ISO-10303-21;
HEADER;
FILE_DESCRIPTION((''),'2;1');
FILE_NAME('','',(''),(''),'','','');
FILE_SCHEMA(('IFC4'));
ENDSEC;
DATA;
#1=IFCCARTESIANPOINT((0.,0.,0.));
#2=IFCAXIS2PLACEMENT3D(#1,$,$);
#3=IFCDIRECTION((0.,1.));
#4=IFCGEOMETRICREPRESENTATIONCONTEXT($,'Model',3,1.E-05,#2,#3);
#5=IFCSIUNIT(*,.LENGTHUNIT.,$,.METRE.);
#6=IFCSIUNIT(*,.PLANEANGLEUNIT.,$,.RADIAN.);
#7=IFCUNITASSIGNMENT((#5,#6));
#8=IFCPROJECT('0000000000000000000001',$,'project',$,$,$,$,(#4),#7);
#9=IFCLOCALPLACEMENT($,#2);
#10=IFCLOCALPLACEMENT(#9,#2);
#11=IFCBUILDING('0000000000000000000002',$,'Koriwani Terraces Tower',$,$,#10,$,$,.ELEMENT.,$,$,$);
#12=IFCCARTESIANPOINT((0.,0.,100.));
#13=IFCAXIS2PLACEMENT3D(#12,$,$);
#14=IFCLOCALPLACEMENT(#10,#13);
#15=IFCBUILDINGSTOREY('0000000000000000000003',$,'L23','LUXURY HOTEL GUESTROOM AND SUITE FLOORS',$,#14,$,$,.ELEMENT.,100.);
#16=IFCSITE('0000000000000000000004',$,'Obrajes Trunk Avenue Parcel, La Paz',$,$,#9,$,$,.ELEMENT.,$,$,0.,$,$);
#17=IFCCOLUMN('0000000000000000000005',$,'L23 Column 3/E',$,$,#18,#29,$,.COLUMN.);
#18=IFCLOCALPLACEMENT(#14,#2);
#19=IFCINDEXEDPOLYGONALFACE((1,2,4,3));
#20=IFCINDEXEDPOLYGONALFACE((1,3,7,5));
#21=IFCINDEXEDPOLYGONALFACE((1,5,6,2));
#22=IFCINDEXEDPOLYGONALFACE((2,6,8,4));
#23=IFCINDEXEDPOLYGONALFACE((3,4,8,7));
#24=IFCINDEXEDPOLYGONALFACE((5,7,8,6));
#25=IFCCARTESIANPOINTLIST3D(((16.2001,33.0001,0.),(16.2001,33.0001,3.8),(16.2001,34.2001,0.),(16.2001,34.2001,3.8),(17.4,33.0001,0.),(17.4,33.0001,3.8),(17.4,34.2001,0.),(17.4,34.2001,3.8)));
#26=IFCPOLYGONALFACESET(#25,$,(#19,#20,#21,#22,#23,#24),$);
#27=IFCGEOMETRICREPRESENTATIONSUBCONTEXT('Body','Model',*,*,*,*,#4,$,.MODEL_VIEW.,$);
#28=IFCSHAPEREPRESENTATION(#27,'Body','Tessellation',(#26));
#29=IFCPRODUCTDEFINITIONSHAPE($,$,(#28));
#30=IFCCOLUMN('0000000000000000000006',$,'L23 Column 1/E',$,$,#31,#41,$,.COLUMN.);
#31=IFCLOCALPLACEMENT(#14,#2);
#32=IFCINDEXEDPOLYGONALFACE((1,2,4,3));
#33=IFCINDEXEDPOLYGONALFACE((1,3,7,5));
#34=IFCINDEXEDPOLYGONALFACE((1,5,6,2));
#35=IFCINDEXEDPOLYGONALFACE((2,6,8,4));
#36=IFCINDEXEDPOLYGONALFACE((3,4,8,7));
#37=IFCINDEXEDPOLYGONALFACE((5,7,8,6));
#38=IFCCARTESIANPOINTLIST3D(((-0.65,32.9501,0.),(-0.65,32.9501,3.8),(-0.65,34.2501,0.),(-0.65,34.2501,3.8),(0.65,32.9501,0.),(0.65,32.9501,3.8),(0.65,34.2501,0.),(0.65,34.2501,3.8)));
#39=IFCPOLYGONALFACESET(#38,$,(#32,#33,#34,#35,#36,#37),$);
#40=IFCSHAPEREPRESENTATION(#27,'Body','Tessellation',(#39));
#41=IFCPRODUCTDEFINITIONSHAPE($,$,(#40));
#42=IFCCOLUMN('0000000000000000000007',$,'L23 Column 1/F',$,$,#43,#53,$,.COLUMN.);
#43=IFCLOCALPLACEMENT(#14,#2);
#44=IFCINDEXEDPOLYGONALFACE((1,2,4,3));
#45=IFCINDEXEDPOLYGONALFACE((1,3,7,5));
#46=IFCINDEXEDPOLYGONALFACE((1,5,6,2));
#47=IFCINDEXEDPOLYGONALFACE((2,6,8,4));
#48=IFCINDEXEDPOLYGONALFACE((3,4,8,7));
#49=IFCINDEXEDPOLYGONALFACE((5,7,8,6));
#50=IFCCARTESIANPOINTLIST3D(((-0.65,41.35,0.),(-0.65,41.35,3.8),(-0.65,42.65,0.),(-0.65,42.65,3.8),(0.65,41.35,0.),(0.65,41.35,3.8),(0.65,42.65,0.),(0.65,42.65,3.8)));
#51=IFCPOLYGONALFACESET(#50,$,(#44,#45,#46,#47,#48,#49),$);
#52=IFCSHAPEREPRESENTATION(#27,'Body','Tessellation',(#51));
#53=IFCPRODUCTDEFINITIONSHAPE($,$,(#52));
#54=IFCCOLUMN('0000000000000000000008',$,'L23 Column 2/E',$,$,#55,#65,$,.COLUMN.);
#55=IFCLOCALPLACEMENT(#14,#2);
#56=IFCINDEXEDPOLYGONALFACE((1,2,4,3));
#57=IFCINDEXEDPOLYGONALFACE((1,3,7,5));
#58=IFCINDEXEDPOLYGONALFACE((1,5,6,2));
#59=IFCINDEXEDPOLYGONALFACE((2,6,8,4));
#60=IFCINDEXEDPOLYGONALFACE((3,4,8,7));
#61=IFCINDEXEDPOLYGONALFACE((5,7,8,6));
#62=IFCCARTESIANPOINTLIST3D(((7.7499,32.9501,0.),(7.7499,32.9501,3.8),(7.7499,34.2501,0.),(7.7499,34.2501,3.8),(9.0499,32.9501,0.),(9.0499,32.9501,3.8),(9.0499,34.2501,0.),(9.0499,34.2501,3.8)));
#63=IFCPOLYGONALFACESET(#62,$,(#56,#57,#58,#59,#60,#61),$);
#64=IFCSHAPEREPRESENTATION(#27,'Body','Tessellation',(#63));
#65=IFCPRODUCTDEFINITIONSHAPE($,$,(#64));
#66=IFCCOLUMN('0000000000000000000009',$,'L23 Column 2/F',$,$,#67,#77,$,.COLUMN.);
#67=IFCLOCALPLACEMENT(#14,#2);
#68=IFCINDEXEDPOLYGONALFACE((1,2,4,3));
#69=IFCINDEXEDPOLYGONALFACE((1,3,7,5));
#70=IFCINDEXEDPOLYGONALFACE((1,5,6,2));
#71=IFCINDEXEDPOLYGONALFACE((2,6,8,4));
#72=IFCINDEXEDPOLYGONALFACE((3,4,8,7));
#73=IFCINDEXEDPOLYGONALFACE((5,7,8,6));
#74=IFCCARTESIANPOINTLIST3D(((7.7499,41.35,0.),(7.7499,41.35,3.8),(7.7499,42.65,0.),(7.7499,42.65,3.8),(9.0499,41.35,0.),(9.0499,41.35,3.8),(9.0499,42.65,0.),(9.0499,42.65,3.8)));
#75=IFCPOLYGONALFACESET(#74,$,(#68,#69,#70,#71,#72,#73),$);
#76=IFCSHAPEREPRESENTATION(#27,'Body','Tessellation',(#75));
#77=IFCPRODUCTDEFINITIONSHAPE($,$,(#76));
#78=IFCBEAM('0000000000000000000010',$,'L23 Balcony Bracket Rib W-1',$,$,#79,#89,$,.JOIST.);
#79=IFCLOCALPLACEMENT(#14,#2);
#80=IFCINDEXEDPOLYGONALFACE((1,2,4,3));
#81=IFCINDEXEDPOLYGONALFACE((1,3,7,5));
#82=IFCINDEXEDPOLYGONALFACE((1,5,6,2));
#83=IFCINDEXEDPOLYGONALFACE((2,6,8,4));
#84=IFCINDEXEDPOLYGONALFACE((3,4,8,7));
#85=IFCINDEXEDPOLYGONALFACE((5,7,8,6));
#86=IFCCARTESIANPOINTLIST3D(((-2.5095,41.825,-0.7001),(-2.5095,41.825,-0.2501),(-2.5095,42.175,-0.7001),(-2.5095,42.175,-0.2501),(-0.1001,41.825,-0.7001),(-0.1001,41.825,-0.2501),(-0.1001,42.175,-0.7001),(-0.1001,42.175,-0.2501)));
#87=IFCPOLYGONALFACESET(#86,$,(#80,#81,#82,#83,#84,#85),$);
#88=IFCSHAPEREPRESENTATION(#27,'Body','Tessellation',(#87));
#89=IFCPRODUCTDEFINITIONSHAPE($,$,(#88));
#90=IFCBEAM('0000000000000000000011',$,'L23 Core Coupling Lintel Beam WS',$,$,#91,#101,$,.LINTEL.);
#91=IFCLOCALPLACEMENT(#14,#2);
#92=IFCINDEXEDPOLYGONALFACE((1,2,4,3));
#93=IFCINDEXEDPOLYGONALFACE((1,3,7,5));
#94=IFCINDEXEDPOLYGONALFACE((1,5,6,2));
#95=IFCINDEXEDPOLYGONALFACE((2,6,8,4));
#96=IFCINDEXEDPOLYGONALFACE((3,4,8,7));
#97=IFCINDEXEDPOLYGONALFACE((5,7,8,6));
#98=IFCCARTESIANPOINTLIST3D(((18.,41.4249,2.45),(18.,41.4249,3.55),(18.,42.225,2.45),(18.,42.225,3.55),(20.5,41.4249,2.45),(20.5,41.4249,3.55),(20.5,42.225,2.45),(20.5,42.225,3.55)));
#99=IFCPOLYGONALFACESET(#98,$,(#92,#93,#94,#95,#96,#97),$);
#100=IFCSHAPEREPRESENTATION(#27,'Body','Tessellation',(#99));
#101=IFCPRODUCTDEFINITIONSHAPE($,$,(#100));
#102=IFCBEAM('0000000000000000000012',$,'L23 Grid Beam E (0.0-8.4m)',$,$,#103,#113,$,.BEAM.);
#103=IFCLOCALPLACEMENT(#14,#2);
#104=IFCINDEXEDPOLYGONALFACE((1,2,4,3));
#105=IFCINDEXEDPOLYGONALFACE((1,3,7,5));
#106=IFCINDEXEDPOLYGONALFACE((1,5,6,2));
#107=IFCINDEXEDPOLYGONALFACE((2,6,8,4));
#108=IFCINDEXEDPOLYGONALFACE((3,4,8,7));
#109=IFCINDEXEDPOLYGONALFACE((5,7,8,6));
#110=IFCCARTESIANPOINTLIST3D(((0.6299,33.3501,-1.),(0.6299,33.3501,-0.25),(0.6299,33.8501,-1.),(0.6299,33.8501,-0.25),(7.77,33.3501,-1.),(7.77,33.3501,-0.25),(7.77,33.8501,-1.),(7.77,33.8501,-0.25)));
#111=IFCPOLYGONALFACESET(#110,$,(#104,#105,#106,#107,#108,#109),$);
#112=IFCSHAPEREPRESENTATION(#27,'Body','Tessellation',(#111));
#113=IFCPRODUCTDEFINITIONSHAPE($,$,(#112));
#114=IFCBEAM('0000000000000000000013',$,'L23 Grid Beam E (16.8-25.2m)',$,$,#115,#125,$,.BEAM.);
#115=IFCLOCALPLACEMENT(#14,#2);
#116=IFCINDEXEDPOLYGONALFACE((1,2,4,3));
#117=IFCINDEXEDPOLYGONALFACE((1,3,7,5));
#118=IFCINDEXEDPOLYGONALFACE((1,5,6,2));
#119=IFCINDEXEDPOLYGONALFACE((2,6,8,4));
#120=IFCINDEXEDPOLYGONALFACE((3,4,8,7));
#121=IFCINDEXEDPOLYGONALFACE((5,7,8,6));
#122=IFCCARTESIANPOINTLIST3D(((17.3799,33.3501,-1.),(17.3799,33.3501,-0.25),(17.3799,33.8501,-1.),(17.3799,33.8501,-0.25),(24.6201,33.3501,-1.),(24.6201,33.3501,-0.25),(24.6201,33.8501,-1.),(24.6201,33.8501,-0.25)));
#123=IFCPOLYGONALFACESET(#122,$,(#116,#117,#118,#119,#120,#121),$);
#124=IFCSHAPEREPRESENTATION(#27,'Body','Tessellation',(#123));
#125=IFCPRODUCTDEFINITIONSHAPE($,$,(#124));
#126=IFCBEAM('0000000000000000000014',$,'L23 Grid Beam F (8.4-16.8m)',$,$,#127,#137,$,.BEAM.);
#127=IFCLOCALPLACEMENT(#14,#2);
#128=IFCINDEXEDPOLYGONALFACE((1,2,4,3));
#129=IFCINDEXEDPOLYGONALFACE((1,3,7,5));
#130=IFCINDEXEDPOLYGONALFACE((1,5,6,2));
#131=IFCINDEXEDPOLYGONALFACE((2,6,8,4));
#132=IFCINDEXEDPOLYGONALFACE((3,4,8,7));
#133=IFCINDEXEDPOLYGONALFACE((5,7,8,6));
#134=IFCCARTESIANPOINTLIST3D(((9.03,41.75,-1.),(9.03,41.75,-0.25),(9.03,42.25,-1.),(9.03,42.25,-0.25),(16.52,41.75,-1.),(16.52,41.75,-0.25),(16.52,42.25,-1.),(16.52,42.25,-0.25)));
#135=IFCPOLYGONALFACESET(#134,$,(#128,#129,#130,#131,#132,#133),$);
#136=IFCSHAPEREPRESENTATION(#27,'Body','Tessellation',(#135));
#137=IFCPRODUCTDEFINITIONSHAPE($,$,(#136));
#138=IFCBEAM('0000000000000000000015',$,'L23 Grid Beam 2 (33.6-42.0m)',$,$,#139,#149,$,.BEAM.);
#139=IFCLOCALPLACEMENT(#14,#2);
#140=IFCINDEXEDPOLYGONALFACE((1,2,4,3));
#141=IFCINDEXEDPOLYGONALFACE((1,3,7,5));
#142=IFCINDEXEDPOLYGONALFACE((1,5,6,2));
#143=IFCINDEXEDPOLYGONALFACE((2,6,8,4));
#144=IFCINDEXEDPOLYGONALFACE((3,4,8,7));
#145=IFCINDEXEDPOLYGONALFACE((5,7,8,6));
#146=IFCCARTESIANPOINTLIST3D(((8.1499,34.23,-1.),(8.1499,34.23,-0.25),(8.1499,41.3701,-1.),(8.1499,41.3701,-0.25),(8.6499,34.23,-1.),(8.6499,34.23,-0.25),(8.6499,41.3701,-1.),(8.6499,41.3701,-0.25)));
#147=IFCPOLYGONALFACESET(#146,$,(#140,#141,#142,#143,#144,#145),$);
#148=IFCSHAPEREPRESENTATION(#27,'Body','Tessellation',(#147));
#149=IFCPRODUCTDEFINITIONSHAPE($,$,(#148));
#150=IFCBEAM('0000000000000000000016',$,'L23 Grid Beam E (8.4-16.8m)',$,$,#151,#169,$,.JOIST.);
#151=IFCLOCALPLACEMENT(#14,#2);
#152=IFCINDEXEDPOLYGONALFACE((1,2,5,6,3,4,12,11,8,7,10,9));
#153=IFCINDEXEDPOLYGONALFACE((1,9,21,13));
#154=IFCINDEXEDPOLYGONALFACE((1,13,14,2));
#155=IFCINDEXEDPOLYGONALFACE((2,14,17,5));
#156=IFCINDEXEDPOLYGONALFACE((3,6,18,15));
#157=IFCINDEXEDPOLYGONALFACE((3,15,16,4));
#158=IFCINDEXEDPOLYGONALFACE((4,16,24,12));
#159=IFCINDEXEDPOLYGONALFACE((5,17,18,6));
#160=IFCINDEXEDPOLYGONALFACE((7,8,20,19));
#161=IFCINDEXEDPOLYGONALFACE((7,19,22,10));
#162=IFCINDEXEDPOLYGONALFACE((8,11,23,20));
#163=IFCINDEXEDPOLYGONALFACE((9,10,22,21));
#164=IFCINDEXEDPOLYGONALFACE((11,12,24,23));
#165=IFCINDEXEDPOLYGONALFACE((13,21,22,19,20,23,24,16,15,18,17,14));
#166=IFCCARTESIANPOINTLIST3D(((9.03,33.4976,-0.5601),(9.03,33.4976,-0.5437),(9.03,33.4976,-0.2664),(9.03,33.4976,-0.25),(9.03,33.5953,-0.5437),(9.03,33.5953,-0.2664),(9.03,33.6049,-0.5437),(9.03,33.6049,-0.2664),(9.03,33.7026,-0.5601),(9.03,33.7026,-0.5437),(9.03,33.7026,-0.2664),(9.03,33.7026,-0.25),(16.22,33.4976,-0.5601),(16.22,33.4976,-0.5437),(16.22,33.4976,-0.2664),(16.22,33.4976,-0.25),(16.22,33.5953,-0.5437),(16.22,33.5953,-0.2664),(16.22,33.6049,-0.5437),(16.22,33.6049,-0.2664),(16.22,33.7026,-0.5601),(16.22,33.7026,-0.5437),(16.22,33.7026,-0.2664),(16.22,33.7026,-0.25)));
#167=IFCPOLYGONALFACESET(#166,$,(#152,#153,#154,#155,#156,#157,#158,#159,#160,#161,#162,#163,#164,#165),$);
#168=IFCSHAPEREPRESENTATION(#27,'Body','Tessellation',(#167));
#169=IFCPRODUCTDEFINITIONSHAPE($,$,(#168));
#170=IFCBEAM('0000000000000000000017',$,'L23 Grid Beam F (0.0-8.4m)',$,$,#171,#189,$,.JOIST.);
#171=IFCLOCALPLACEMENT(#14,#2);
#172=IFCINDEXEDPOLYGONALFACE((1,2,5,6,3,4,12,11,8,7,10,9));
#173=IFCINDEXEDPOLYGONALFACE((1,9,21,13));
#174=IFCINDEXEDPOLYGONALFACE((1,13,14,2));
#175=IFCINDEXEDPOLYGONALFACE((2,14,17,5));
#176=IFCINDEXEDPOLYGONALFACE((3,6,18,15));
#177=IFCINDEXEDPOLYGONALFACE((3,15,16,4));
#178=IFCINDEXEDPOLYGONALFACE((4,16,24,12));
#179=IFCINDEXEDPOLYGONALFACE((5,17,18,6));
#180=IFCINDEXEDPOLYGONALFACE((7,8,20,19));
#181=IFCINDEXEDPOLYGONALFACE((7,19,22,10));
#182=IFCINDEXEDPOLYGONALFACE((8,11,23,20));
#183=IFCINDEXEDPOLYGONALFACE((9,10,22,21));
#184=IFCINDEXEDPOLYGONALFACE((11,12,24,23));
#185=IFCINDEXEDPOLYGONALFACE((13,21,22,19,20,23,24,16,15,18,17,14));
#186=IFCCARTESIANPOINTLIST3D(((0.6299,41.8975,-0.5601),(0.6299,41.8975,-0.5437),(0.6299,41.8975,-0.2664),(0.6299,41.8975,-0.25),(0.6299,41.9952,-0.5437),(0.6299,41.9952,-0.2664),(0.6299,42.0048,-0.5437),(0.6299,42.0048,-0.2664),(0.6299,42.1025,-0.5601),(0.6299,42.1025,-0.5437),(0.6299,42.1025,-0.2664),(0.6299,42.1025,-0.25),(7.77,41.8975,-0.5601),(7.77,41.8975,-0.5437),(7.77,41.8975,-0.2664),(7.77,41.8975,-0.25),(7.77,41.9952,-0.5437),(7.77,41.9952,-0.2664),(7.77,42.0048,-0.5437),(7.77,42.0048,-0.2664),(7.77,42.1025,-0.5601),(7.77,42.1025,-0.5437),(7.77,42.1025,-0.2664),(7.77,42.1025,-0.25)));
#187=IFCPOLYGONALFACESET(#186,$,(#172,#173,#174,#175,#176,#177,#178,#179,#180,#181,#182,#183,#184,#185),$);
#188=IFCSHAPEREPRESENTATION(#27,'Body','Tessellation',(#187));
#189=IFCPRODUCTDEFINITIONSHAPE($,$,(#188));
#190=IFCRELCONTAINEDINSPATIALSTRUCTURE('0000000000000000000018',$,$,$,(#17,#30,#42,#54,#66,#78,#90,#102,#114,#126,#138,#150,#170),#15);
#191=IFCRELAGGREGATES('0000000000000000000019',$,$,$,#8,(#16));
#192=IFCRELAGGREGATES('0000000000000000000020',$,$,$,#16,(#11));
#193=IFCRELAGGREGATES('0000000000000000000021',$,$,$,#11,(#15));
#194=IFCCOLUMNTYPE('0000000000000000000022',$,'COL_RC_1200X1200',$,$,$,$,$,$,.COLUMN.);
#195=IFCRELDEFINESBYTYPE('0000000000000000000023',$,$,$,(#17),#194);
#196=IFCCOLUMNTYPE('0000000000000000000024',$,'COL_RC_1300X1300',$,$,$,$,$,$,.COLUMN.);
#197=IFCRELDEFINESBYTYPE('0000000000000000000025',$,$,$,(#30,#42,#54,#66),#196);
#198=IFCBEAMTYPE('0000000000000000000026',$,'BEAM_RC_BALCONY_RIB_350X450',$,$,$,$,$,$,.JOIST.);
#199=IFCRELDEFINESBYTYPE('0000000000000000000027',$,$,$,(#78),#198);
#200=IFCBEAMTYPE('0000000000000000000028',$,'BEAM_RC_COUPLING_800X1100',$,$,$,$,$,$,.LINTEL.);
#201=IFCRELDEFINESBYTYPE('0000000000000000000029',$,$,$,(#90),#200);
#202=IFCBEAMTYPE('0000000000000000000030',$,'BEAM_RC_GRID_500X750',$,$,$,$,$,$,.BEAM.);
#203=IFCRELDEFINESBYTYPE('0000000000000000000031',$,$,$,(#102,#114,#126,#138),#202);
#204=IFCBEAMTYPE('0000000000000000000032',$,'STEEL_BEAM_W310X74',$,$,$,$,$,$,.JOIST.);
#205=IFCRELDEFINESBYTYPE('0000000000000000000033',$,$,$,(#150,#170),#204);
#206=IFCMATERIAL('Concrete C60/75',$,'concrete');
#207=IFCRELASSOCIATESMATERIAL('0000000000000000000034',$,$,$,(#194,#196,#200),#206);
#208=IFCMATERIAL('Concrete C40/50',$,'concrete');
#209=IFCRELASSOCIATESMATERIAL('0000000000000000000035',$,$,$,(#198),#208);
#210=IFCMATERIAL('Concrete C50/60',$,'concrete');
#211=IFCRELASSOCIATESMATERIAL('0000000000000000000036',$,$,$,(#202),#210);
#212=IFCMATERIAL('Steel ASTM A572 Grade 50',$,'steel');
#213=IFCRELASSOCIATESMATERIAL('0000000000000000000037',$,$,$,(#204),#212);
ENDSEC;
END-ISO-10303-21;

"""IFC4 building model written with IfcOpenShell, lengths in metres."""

from ifc_helpers import new_model, si_unit, direction, frame, origin, origin_2d, place, context, subcontext, project, spatial, rectangle, i_section, extrude, material, material_profile, profile_set, type_object, element, save


model = new_model("IFC4")

# Units and contexts
model_context = context("Model", 3, precision=1e-05, world=origin(), true_north=direction((0.0, 1.0)))
body_context = subcontext(model_context, "Body", "Model", "MODEL_VIEW")
ifc_project = project(units=[si_unit("LENGTHUNIT", "METRE"), si_unit("PLANEANGLEUNIT", "RADIAN")], contexts=[model_context])

# Site, building, storey
site_placement = place(None, origin())
site = spatial("IfcSite", under=ifc_project, at=site_placement, Name="Obrajes Trunk Avenue Parcel, La Paz", CompositionType="ELEMENT", RefElevation=0.0)
building_placement = place(site_placement, origin())
building = spatial("IfcBuilding", under=site, at=building_placement, Name="Koriwani Terraces Tower", CompositionType="ELEMENT")
storey_placement = place(building_placement, frame((0.0, 0.0, 100.0)))
storey = spatial("IfcBuildingStorey", under=building, at=storey_placement, Name="L23", Description="LUXURY HOTEL GUESTROOM AND SUITE FLOORS", CompositionType="ELEMENT", Elevation=100.0)

# Columns
ifc_material_1 = material(Name="Concrete C60/75", Category="concrete")
ifc_material_profile_1 = material_profile(ifc_material_1, rectangle(XDim=1.2, YDim=1.2, at=origin_2d()), Name="Concrete C60/75", Category="LoadBearing")
ifc_profile_set_1 = profile_set([ifc_material_profile_1], Name="Concrete C60/75")
column_type_1 = type_object("IfcColumnType", Name="COL_RC_1200X1200", PredefinedType="COLUMN", material=ifc_profile_set_1)
column_placement = place(storey_placement, frame((16.8, 33.6001, 0.0), z_axis=(0.0, 0.0, 1.0), x_axis=(1.0, 0.0, 0.0)))
element("IfcColumn", 1, at=column_placement, inside=storey, type_object=column_type_1, Name="L23 Column 3/E", PredefinedType="COLUMN", context=body_context, shape_type="SweptSolid", body=[
    extrude(rectangle(XDim=1.2, YDim=1.2, at=origin_2d()), origin(), (0.0, 0.0, 1.0), 3.8),
])
ifc_material_profile_2 = material_profile(ifc_material_1, rectangle(XDim=1.3, YDim=1.3, at=origin_2d()), Name="Concrete C60/75", Category="LoadBearing")
ifc_profile_set_2 = profile_set([ifc_material_profile_2], Name="Concrete C60/75")
column_type_2 = type_object("IfcColumnType", Name="COL_RC_1300X1300", PredefinedType="COLUMN", material=ifc_profile_set_2)
for number, where, z_axis, x_axis, name in (
    (2, (0.0, 33.6001, 0.0), (0.0, 0.0, 1.0), (1.0, 0.0, 0.0), "L23 Column 1/E"),
    (3, (0.0, 42.0, 0.0), (0.0, 0.0, 1.0), (1.0, 0.0, 0.0), "L23 Column 1/F"),
    (4, (8.3999, 33.6001, 0.0), (0.0, 0.0, 1.0), (1.0, 0.0, 0.0), "L23 Column 2/E"),
    (5, (8.3999, 42.0, 0.0), (0.0, 0.0, 1.0), (1.0, 0.0, 0.0), "L23 Column 2/F"),
):
    element("IfcColumn", number, at=place(storey_placement, frame(where, z_axis=z_axis, x_axis=x_axis)), inside=storey, type_object=column_type_2, Name=name, PredefinedType="COLUMN", context=body_context, shape_type="SweptSolid", body=[
        extrude(rectangle(XDim=1.3, YDim=1.3, at=origin_2d()), origin(), (0.0, 0.0, 1.0), 3.8),
    ])

# Beams
ifc_material_2 = material(Name="Concrete C40/50", Category="concrete")
ifc_material_profile_3 = material_profile(ifc_material_2, rectangle(XDim=0.3501, YDim=0.45, at=origin_2d()), Name="Concrete C40/50", Category="LoadBearing")
ifc_profile_set_3 = profile_set([ifc_material_profile_3], Name="Concrete C40/50")
beam_type_1 = type_object("IfcBeamType", Name="BEAM_RC_BALCONY_RIB_350X450", PredefinedType="JOIST", material=ifc_profile_set_3)
beam_1_placement = place(storey_placement, frame((-2.5095, 42.0, -0.4751), z_axis=(1.0, 0.0, 0.0), x_axis=(0.0, 1.0, 0.0)))
element("IfcBeam", 6, at=beam_1_placement, inside=storey, type_object=beam_type_1, Name="L23 Balcony Bracket Rib W-1", PredefinedType="JOIST", context=body_context, shape_type="SweptSolid", body=[
    extrude(rectangle(XDim=0.3501, YDim=0.45, at=origin_2d()), origin(), (0.0, 0.0, 1.0), 2.4094),
])
ifc_material_profile_4 = material_profile(ifc_material_1, rectangle(XDim=0.8, YDim=1.1001, at=origin_2d()), Name="Concrete C60/75", Category="LoadBearing")
ifc_profile_set_4 = profile_set([ifc_material_profile_4], Name="Concrete C60/75")
beam_type_2 = type_object("IfcBeamType", Name="BEAM_RC_COUPLING_800X1100", PredefinedType="LINTEL", material=ifc_profile_set_4)
beam_2_placement = place(storey_placement, frame((18.0, 41.825, 3.0), z_axis=(1.0, 0.0, 0.0), x_axis=(0.0, 1.0, 0.0)))
element("IfcBeam", 7, at=beam_2_placement, inside=storey, type_object=beam_type_2, Name="L23 Core Coupling Lintel Beam WS", PredefinedType="LINTEL", context=body_context, shape_type="SweptSolid", body=[
    extrude(rectangle(XDim=0.8, YDim=1.1001, at=origin_2d()), origin(), (0.0, 0.0, 1.0), 2.5),
])
ifc_material_3 = material(Name="Concrete C50/60", Category="concrete")
ifc_material_profile_5 = material_profile(ifc_material_3, rectangle(XDim=0.5, YDim=0.75, at=origin_2d()), Name="Concrete C50/60", Category="LoadBearing")
ifc_profile_set_5 = profile_set([ifc_material_profile_5], Name="Concrete C50/60")
beam_type_3 = type_object("IfcBeamType", Name="BEAM_RC_GRID_500X750", PredefinedType="BEAM", material=ifc_profile_set_5)
beam_3_placement = place(storey_placement, frame((0.6299, 33.6001, -0.625), z_axis=(1.0, 0.0, 0.0), x_axis=(0.0, 1.0, 0.0)))
element("IfcBeam", 8, at=beam_3_placement, inside=storey, type_object=beam_type_3, Name="L23 Grid Beam E (0.0-8.4m)", PredefinedType="BEAM", context=body_context, shape_type="SweptSolid", body=[
    extrude(rectangle(XDim=0.5, YDim=0.75, at=origin_2d()), origin(), (0.0, 0.0, 1.0), 7.1401),
])
beam_4_placement = place(storey_placement, frame((17.3799, 33.6001, -0.625), z_axis=(1.0, 0.0, 0.0), x_axis=(0.0, 1.0, 0.0)))
element("IfcBeam", 9, at=beam_4_placement, inside=storey, type_object=beam_type_3, Name="L23 Grid Beam E (16.8-25.2m)", PredefinedType="BEAM", context=body_context, shape_type="SweptSolid", body=[
    extrude(rectangle(XDim=0.5, YDim=0.75, at=origin_2d()), origin(), (0.0, 0.0, 1.0), 7.2402),
])
beam_5_placement = place(storey_placement, frame((9.03, 42.0, -0.625), z_axis=(1.0, 0.0, 0.0), x_axis=(0.0, 1.0, 0.0)))
element("IfcBeam", 10, at=beam_5_placement, inside=storey, type_object=beam_type_3, Name="L23 Grid Beam F (8.4-16.8m)", PredefinedType="BEAM", context=body_context, shape_type="SweptSolid", body=[
    extrude(rectangle(XDim=0.5, YDim=0.75, at=origin_2d()), origin(), (0.0, 0.0, 1.0), 7.49),
])
beam_6_placement = place(storey_placement, frame((8.3999, 34.23, -0.625), z_axis=(0.0, 1.0, 0.0), x_axis=(-1.0, 0.0, 0.0)))
element("IfcBeam", 11, at=beam_6_placement, inside=storey, type_object=beam_type_3, Name="L23 Grid Beam 2 (33.6-42.0m)", PredefinedType="BEAM", context=body_context, shape_type="SweptSolid", body=[
    extrude(rectangle(XDim=0.5, YDim=0.75, at=origin_2d()), origin(), (0.0, 0.0, 1.0), 7.1401),
])
ifc_material_4 = material(Name="Steel ASTM A572 Grade 50", Category="steel")
ifc_material_profile_6 = material_profile(ifc_material_4, i_section(OverallWidth=0.2051, OverallDepth=0.3101, WebThickness=0.0095, FlangeThickness=0.0164, at=origin_2d()), Name="Steel ASTM A572 Grade 50", Category="LoadBearing")
ifc_profile_set_6 = profile_set([ifc_material_profile_6], Name="Steel ASTM A572 Grade 50")
beam_type_4 = type_object("IfcBeamType", Name="STEEL_BEAM_W310X74", PredefinedType="JOIST", material=ifc_profile_set_6)
beam_7_placement = place(storey_placement, frame((9.03, 33.6001, -0.405), z_axis=(1.0, 0.0, 0.0), x_axis=(0.0, 1.0, 0.0)))
element("IfcBeam", 12, at=beam_7_placement, inside=storey, type_object=beam_type_4, Name="L23 Grid Beam E (8.4-16.8m)", PredefinedType="JOIST", context=body_context, shape_type="SweptSolid", body=[
    extrude(i_section(OverallWidth=0.2051, OverallDepth=0.3101, WebThickness=0.0095, FlangeThickness=0.0164, at=origin_2d()), origin(), (0.0, 0.0, 1.0), 7.1899),
])
beam_8_placement = place(storey_placement, frame((0.6299, 42.0, -0.405), z_axis=(1.0, 0.0, 0.0), x_axis=(0.0, 1.0, 0.0)))
element("IfcBeam", 13, at=beam_8_placement, inside=storey, type_object=beam_type_4, Name="L23 Grid Beam F (0.0-8.4m)", PredefinedType="JOIST", context=body_context, shape_type="SweptSolid", body=[
    extrude(i_section(OverallWidth=0.2051, OverallDepth=0.3101, WebThickness=0.0095, FlangeThickness=0.0164, at=origin_2d()), origin(), (0.0, 0.0, 1.0), 7.1401),
])

save(model, "model.ifc")
